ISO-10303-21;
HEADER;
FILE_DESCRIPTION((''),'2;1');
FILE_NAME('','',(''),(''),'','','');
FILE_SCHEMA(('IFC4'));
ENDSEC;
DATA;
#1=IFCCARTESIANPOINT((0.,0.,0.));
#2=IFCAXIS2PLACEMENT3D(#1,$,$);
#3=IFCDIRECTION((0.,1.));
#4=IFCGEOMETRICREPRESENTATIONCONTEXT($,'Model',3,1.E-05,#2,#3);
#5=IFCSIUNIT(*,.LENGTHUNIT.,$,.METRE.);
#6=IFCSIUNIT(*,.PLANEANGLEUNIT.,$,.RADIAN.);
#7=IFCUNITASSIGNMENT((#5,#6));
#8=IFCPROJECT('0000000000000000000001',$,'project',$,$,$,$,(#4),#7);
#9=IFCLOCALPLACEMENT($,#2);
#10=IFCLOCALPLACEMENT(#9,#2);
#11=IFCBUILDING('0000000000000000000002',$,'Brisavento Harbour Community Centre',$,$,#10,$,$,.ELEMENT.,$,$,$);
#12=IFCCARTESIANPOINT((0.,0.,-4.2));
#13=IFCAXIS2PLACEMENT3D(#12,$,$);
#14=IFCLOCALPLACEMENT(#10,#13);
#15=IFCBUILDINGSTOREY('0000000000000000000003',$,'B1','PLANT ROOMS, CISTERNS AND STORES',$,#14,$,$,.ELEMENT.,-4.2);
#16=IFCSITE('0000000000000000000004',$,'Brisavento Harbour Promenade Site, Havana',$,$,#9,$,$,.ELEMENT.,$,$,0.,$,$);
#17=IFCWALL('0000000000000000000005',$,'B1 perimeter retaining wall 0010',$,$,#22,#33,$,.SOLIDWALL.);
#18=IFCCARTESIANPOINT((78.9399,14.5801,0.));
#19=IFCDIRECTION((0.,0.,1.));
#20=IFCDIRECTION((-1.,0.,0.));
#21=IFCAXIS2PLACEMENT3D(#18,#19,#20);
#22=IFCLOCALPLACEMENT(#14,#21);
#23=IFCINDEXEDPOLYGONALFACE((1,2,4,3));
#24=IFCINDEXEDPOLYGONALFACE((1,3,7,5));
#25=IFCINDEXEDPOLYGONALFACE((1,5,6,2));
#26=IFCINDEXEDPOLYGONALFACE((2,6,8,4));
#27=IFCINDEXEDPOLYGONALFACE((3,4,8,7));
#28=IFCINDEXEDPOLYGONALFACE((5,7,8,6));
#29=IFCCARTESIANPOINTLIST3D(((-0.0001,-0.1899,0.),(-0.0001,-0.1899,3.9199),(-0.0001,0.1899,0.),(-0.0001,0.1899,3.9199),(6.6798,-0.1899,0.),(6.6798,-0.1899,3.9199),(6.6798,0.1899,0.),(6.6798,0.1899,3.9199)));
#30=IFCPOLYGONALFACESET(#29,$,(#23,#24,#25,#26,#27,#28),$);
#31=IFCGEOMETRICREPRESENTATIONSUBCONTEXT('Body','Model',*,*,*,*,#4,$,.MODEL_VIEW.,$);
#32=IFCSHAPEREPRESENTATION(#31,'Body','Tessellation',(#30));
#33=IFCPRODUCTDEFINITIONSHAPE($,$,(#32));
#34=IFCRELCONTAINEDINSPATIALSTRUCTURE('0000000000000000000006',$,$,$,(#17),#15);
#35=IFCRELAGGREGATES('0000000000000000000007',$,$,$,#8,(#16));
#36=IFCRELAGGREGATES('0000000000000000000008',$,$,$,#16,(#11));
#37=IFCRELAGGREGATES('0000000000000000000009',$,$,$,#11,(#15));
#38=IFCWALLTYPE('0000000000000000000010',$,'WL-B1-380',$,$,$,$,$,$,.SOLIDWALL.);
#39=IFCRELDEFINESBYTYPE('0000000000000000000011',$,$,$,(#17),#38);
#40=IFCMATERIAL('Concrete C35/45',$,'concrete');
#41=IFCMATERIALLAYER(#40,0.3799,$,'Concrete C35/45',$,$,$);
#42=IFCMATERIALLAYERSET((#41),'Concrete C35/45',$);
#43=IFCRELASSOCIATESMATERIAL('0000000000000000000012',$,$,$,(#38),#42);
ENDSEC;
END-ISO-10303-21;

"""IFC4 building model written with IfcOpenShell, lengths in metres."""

from ifc_helpers import new_model, si_unit, direction, frame, frame_2d, origin, place, context, subcontext, project, spatial, rectangle, extrude, material, layer, layer_set, type_object, element, save


model = new_model("IFC4")

# Units and contexts
model_context = context("Model", 3, precision=1e-05, world=origin(), true_north=direction((0.0, 1.0)))
body_context = subcontext(model_context, "Body", "Model", "MODEL_VIEW")
ifc_project = project(units=[si_unit("LENGTHUNIT", "METRE"), si_unit("PLANEANGLEUNIT", "RADIAN")], contexts=[model_context])

# Site, building, storey
site_placement = place(None, origin())
site = spatial("IfcSite", under=ifc_project, at=site_placement, Name="Brisavento Harbour Promenade Site, Havana", CompositionType="ELEMENT", RefElevation=0.0)
building_placement = place(site_placement, origin())
building = spatial("IfcBuilding", under=site, at=building_placement, Name="Brisavento Harbour Community Centre", CompositionType="ELEMENT")
storey_placement = place(building_placement, frame((0.0, 0.0, -4.2)))
storey = spatial("IfcBuildingStorey", under=building, at=storey_placement, Name="B1", Description="PLANT ROOMS, CISTERNS AND STORES", CompositionType="ELEMENT", Elevation=-4.2)

# Shared definitions
ifc_material_1 = material(Name="Concrete C35/45", Category="concrete")

# Wall
ifc_layer_1 = layer(ifc_material_1, 0.3799, Name="Concrete C35/45")
ifc_layer_set_1 = layer_set([ifc_layer_1], Name="Concrete C35/45")
wall_type_1 = type_object("IfcWallType", Name="WL-B1-380", PredefinedType="SOLIDWALL", material=ifc_layer_set_1)
wall_1_placement = place(storey_placement, frame((78.9399, 14.5801, 0.0), z_axis=(0.0, 0.0, 1.0), x_axis=(-1.0, 0.0, 0.0)))
element("IfcWall", 1, at=wall_1_placement, inside=storey, type_object=wall_type_1, Name="B1 perimeter retaining wall 0010", PredefinedType="SOLIDWALL", context=body_context, shape_type="SweptSolid", body=[
    extrude(rectangle(XDim=6.6799, YDim=0.3799, at=frame_2d((3.3398, 0.0))), origin(), (0.0, 0.0, 1.0), 3.9199),
])

save(model, "model.ifc")
